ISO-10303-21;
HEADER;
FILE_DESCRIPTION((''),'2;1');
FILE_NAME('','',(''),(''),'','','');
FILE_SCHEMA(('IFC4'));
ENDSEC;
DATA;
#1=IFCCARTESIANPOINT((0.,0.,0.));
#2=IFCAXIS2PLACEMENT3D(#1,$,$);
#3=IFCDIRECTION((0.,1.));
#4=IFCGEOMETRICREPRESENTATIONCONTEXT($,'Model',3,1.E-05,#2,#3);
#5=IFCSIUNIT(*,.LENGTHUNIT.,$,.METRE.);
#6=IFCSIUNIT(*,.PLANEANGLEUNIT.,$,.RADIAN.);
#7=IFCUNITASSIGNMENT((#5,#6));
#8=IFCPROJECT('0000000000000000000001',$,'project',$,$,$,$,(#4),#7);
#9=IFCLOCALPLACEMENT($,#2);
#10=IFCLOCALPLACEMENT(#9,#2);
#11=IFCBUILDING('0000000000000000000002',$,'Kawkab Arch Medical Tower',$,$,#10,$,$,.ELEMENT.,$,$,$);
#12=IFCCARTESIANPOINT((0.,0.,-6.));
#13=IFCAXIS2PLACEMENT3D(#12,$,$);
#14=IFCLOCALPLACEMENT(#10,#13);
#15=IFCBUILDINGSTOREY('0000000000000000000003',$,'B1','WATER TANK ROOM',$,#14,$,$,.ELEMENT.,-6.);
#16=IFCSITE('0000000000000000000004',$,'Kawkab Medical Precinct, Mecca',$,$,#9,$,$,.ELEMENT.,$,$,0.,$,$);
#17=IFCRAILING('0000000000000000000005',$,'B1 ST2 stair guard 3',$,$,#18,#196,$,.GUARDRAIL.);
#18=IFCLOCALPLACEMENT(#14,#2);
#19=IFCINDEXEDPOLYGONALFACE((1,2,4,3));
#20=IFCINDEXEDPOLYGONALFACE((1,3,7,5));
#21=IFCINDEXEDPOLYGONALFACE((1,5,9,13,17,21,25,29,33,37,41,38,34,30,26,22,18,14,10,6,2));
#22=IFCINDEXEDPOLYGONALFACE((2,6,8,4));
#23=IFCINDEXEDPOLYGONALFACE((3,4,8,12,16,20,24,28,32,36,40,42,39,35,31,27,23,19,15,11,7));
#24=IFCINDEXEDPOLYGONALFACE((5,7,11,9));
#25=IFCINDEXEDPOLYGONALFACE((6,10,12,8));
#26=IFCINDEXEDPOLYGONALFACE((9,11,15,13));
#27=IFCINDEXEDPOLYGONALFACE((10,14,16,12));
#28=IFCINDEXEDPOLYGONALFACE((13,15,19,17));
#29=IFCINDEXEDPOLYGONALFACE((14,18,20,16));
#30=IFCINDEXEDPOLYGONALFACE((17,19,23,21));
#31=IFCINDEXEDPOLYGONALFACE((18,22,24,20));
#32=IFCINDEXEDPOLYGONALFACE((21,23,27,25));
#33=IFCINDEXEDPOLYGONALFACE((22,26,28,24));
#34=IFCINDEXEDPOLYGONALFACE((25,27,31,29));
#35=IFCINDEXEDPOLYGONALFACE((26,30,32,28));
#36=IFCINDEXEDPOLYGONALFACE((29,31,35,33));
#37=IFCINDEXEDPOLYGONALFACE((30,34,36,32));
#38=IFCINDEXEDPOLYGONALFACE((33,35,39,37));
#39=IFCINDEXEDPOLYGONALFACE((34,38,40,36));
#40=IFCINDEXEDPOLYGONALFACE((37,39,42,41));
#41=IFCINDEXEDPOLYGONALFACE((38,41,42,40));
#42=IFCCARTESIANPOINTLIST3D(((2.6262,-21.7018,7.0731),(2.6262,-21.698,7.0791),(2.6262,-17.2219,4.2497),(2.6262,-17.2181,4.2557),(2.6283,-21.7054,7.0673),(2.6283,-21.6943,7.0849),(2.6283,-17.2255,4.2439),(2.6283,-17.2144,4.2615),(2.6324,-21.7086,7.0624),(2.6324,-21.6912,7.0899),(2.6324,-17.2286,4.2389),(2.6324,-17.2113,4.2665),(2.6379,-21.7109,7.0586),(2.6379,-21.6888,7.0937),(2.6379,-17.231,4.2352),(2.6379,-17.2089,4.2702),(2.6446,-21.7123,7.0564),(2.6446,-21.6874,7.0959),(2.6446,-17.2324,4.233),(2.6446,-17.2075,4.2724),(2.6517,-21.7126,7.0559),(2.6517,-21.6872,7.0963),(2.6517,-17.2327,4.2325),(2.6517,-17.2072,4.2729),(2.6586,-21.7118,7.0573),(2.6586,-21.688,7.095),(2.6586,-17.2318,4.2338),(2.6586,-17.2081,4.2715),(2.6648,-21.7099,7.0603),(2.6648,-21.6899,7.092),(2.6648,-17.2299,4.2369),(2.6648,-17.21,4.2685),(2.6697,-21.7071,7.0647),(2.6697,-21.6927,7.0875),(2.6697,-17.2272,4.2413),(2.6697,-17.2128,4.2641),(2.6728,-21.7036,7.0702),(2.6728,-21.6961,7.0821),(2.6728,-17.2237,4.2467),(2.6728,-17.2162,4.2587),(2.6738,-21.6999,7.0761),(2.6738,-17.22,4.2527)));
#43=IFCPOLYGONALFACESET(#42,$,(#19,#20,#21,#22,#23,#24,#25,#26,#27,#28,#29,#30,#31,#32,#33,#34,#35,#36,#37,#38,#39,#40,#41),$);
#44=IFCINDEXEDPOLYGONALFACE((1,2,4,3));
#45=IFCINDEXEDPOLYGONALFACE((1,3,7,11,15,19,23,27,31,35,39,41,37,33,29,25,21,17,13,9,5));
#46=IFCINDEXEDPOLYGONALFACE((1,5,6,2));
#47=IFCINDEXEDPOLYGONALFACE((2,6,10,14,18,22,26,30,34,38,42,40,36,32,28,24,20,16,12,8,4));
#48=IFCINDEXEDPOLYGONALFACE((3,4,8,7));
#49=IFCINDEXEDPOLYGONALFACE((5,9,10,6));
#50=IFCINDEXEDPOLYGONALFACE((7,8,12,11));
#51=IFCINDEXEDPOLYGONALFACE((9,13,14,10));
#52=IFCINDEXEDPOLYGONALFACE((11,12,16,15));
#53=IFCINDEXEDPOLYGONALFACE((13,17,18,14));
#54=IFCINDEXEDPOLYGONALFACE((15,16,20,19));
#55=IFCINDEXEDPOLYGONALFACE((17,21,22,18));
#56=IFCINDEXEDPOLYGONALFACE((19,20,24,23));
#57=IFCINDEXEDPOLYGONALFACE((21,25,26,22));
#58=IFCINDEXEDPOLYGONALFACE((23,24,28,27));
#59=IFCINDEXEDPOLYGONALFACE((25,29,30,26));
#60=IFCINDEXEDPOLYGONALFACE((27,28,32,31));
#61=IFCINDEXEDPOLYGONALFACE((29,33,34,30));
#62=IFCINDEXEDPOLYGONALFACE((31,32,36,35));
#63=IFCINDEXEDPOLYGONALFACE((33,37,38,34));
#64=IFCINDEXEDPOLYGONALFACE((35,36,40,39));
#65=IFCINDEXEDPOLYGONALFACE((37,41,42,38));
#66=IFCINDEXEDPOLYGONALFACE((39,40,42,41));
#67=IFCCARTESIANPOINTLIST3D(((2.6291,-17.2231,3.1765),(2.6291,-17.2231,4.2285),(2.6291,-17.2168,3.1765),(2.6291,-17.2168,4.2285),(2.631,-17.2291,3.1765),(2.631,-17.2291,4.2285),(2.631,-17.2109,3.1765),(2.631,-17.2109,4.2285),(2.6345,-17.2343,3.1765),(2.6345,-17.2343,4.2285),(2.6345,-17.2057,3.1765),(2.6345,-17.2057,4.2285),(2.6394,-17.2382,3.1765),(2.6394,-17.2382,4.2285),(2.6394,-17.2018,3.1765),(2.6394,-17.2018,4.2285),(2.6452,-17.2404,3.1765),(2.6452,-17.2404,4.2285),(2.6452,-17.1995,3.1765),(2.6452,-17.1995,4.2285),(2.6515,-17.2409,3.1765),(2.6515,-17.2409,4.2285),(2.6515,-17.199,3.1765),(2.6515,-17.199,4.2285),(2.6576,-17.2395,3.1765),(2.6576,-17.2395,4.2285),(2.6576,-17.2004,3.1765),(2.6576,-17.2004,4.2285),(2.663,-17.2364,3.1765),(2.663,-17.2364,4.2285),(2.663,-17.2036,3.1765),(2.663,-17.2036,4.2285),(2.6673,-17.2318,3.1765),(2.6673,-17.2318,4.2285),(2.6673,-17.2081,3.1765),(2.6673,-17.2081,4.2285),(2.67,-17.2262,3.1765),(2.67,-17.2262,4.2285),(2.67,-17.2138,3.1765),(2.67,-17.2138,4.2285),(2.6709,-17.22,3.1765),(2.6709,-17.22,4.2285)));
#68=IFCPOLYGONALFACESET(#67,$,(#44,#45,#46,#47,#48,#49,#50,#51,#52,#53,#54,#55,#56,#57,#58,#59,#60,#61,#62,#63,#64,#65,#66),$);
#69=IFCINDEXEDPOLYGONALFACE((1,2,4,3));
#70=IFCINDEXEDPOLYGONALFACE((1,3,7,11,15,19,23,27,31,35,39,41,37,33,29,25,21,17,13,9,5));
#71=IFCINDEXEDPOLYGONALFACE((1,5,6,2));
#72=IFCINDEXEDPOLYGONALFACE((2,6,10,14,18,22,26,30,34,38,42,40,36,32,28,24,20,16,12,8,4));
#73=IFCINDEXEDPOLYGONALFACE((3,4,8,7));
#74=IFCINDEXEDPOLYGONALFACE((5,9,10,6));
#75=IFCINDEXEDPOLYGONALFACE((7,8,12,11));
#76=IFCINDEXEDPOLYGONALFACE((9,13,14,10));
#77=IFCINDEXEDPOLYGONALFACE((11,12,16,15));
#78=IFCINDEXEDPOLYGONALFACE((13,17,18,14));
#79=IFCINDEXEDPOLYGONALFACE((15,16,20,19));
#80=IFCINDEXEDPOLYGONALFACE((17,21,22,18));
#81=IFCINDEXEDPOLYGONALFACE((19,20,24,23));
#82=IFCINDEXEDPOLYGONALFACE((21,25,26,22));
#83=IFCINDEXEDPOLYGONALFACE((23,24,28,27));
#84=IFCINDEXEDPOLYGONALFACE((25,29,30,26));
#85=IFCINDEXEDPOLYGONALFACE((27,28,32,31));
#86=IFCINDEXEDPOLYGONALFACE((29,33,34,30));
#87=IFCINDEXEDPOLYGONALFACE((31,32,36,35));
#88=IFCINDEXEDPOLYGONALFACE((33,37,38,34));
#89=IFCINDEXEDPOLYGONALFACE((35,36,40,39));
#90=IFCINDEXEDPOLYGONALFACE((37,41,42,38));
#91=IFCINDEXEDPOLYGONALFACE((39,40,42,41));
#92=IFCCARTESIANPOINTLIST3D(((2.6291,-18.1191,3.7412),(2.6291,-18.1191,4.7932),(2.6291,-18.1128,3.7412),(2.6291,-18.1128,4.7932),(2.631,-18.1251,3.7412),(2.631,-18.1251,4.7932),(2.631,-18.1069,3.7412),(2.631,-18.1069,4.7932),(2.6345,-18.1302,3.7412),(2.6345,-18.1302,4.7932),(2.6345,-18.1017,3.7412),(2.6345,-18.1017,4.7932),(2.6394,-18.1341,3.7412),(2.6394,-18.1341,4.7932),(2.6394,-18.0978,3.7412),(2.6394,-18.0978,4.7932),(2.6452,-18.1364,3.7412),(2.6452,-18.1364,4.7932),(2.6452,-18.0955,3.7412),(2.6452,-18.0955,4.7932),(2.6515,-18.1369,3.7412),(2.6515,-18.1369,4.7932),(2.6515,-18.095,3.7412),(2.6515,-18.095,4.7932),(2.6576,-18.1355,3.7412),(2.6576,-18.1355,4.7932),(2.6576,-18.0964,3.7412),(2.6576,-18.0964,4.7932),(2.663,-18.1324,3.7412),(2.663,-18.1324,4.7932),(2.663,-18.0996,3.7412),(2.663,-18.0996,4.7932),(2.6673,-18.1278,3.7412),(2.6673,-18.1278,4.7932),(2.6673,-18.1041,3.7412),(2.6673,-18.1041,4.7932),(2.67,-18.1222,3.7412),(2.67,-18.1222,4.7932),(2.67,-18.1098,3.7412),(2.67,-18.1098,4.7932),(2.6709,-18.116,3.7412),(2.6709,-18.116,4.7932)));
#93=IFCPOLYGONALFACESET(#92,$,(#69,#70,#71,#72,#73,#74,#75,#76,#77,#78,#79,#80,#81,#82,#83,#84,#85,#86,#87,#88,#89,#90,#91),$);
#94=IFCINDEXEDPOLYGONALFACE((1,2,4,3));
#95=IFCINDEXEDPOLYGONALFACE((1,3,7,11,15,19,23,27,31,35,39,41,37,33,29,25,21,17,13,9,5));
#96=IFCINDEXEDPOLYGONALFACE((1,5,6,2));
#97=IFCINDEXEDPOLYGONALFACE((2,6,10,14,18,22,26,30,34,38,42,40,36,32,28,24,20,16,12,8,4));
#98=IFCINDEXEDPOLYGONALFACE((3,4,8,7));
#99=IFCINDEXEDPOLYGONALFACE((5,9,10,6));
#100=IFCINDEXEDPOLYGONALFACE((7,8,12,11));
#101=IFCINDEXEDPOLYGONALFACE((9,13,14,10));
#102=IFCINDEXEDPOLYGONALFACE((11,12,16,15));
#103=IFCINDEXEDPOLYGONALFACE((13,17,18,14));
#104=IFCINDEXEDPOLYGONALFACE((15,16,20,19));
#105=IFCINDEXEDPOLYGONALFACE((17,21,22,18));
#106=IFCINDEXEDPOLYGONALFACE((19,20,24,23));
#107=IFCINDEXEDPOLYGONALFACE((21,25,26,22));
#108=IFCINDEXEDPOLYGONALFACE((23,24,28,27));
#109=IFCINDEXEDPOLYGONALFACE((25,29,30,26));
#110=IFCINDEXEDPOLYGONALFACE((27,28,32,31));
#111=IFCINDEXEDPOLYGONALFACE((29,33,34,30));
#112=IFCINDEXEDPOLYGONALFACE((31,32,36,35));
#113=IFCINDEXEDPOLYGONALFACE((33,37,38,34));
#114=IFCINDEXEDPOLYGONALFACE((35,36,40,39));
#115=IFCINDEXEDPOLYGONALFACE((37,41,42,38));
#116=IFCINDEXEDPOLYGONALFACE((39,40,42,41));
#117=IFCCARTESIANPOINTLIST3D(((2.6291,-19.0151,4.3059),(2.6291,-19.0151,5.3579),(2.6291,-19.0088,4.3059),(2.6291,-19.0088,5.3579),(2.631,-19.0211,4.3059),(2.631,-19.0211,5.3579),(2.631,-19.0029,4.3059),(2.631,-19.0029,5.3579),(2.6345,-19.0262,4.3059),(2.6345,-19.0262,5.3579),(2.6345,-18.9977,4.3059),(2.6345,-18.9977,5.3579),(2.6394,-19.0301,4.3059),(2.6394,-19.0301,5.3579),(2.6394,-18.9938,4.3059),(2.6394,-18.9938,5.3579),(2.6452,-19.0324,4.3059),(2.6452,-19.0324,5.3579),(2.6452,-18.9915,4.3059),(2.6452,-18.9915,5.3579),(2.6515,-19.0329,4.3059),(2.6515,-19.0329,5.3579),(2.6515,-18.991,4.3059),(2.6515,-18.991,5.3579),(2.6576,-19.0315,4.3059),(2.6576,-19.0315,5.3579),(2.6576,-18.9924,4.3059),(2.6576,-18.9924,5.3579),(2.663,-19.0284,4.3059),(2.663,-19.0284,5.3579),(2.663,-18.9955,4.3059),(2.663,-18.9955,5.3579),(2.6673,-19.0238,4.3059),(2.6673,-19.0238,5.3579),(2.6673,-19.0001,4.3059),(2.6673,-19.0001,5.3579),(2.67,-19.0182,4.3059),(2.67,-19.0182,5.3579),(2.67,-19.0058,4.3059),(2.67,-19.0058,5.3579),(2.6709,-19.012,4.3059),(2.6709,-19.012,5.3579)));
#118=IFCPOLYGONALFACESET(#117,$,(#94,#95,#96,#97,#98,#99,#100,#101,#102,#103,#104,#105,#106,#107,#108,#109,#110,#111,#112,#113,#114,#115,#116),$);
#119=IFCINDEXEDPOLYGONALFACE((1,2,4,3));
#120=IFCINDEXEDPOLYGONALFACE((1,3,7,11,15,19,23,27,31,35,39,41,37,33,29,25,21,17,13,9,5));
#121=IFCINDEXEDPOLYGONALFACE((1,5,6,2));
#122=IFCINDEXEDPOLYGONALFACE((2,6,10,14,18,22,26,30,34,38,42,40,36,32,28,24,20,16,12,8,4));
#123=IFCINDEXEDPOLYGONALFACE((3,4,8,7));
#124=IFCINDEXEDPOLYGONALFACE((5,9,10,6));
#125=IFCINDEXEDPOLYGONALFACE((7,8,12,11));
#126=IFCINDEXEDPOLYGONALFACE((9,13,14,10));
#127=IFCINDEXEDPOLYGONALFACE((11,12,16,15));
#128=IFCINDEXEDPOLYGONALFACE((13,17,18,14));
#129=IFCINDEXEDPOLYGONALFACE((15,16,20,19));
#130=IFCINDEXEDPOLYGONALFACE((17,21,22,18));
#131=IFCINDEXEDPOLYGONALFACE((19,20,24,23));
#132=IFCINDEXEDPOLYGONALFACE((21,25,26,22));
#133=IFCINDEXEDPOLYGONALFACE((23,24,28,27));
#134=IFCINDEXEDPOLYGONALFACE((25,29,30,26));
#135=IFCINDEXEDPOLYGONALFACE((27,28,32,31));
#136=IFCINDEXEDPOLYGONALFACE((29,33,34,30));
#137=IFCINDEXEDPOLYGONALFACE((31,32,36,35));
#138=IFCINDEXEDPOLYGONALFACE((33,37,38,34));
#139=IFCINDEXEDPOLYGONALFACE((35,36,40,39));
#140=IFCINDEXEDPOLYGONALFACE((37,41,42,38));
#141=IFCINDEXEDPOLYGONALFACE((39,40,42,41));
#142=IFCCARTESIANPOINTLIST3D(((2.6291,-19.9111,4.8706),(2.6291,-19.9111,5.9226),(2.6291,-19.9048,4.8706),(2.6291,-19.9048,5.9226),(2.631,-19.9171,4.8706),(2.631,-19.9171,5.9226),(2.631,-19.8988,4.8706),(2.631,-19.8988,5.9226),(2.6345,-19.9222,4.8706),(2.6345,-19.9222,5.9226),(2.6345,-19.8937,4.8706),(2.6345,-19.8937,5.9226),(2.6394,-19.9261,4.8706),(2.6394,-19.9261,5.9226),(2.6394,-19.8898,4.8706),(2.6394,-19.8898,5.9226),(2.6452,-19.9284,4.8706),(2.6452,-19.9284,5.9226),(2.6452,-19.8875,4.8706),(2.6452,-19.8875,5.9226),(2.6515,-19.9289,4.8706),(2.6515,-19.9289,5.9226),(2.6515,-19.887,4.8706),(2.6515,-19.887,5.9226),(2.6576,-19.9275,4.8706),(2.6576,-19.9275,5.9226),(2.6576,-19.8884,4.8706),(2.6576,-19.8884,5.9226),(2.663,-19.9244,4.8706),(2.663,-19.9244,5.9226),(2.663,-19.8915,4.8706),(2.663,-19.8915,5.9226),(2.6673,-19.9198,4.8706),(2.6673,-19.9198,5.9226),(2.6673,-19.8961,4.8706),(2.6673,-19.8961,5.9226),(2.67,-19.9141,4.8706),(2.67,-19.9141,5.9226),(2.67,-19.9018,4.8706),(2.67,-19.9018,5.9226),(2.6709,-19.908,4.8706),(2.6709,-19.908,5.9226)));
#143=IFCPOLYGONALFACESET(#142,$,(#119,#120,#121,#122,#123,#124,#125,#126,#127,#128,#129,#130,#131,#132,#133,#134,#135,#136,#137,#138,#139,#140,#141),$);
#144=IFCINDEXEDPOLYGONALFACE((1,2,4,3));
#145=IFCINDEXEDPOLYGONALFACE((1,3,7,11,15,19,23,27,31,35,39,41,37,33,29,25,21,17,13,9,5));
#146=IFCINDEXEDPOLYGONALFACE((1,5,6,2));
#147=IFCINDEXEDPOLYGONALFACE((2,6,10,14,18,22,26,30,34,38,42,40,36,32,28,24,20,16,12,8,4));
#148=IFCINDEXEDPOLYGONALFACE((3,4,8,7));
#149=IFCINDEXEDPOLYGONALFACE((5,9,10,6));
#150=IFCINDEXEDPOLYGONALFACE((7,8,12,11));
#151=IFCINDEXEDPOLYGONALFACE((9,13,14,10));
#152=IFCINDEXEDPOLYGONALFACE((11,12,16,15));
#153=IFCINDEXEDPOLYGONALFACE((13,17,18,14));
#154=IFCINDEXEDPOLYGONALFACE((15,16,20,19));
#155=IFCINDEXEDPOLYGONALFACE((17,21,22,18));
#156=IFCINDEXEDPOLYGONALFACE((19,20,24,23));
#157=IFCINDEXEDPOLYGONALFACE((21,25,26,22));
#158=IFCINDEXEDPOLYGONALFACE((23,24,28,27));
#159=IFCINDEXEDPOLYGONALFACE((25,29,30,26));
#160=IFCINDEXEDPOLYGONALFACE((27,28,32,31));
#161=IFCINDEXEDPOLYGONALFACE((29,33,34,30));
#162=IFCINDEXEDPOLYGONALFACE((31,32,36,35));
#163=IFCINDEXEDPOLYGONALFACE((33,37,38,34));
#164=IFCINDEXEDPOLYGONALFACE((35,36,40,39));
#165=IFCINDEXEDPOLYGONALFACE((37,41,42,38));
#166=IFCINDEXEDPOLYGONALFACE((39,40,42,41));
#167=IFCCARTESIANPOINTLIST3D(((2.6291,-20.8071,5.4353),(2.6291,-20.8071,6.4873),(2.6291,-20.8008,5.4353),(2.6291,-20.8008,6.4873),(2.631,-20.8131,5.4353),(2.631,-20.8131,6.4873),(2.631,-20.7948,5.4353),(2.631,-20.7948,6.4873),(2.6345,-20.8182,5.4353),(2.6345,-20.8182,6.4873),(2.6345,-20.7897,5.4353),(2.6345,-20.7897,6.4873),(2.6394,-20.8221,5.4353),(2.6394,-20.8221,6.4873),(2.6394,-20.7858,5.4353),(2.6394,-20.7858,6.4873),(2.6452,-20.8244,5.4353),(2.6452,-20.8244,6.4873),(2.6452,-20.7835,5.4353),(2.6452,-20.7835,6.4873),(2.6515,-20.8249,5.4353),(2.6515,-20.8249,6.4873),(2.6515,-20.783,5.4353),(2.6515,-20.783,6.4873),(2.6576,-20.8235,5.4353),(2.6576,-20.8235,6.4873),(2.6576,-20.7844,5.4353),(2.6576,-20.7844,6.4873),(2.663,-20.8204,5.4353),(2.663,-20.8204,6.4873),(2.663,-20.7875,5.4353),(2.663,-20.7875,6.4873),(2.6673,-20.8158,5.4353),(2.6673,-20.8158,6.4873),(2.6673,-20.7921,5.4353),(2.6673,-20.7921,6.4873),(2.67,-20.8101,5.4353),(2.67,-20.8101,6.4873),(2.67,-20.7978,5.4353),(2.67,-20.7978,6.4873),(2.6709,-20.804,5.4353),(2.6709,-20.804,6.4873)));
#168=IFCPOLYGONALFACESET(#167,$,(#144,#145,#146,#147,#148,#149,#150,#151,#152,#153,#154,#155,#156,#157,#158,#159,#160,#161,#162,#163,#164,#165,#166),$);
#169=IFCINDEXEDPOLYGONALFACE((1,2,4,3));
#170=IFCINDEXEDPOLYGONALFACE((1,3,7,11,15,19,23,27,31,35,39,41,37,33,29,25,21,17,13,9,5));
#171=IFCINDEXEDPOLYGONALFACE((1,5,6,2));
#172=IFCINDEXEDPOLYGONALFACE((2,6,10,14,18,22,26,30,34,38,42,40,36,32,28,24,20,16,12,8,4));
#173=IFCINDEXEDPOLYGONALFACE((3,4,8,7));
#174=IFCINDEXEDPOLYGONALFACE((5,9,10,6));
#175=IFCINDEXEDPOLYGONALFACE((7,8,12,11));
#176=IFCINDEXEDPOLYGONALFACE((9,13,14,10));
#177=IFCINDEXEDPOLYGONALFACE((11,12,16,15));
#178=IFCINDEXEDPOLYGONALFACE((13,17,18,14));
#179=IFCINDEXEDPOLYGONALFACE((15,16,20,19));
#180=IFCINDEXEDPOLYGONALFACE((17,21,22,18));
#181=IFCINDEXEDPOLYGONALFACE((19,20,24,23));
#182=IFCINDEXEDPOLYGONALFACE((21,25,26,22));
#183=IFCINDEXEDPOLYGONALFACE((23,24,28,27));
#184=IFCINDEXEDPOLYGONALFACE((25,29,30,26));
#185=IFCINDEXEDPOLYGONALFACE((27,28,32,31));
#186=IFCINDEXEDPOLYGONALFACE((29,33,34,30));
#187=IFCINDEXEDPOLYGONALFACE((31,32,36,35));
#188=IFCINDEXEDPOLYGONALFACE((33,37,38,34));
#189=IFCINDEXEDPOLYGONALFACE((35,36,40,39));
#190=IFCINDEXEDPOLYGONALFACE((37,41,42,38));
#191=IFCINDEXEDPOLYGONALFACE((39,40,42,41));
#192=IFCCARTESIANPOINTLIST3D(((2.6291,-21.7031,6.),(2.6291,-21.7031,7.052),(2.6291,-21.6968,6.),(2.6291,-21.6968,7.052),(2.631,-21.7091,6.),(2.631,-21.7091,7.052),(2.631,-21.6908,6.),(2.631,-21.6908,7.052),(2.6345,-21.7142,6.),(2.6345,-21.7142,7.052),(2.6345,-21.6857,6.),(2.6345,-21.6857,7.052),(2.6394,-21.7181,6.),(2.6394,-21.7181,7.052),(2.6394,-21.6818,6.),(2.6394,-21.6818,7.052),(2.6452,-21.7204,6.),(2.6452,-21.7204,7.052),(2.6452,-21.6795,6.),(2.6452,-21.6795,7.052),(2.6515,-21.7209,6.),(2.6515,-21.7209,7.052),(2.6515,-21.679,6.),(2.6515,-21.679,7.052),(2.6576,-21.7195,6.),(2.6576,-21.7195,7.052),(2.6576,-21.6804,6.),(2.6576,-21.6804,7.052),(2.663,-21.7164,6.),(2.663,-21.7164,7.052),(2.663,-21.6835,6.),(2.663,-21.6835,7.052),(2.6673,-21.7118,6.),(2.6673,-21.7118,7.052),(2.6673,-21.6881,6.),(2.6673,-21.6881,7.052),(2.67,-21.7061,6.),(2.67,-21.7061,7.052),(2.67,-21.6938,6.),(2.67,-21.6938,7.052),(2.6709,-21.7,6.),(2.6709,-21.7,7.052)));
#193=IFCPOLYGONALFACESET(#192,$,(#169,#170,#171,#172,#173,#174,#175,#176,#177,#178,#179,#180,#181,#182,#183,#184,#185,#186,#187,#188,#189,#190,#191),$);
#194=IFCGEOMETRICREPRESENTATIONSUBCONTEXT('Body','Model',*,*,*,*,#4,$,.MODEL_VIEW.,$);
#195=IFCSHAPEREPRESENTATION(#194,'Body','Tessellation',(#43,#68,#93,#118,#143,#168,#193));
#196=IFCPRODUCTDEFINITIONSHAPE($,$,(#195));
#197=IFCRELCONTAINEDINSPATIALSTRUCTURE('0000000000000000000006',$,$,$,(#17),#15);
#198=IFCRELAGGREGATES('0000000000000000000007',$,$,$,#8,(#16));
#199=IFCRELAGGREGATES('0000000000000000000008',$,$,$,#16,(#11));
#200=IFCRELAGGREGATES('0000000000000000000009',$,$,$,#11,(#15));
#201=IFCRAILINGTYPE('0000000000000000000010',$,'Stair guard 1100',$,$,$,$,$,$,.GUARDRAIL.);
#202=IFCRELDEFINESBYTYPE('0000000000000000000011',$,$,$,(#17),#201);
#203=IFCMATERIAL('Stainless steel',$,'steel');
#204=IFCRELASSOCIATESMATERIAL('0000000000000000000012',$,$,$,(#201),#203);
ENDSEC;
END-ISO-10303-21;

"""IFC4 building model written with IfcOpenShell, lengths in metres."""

from ifc_helpers import new_model, si_unit, direction, frame, origin, origin_2d, place, context, subcontext, project, spatial, circle, extrude, material, type_object, element, save


model = new_model("IFC4")

# Units and contexts
model_context = context("Model", 3, precision=1e-05, world=origin(), true_north=direction((0.0, 1.0)))
body_context = subcontext(model_context, "Body", "Model", "MODEL_VIEW")
ifc_project = project(units=[si_unit("LENGTHUNIT", "METRE"), si_unit("PLANEANGLEUNIT", "RADIAN")], contexts=[model_context])

# Site, building, storey
site_placement = place(None, origin())
site = spatial("IfcSite", under=ifc_project, at=site_placement, Name="Kawkab Medical Precinct, Mecca", CompositionType="ELEMENT", RefElevation=0.0)
building_placement = place(site_placement, origin())
building = spatial("IfcBuilding", under=site, at=building_placement, Name="Kawkab Arch Medical Tower", CompositionType="ELEMENT")
storey_placement = place(building_placement, frame((0.0, 0.0, -6.0)))
storey = spatial("IfcBuildingStorey", under=building, at=storey_placement, Name="B1", Description="WATER TANK ROOM", CompositionType="ELEMENT", Elevation=-6.0)

# Railing
ifc_material_1 = material(Name="Stainless steel", Category="steel")
railing_type = type_object("IfcRailingType", Name="Stair guard 1100", PredefinedType="GUARDRAIL", material=ifc_material_1)
railing_1_placement = place(storey_placement, frame((2.6499, -17.22, 3.1765)))
element("IfcRailing", 1, at=railing_1_placement, inside=storey, type_object=railing_type, Name="B1 ST2 stair guard 3", PredefinedType="GUARDRAIL", context=body_context, shape_type="SweptSolid", body=[
    extrude(circle(Radius=0.0239, at=origin_2d()), frame((0.0, 0.0, 1.0762), z_axis=(0.0, -0.845998, 0.533186), x_axis=(1.0, 0.0, 0.0)), (0.0, 0.0, 1.0), 5.2954),
    extrude(circle(Radius=0.021, at=origin_2d()), origin(), (0.0, 0.0, 1.0), 1.052),
    extrude(circle(Radius=0.021, at=origin_2d()), frame((0.0, -0.896, 0.5647)), (0.0, 0.0, 1.0), 1.052),
    extrude(circle(Radius=0.021, at=origin_2d()), frame((0.0, -1.792, 1.1294)), (0.0, 0.0, 1.0), 1.052),
    extrude(circle(Radius=0.021, at=origin_2d()), frame((0.0, -2.688, 1.6941)), (0.0, 0.0, 1.0), 1.052),
    extrude(circle(Radius=0.021, at=origin_2d()), frame((0.0, -3.584, 2.2588)), (0.0, 0.0, 1.0), 1.052),
    extrude(circle(Radius=0.021, at=origin_2d()), frame((0.0, -4.48, 2.8235)), (0.0, 0.0, 1.0), 1.052),
])

save(model, "model.ifc")
